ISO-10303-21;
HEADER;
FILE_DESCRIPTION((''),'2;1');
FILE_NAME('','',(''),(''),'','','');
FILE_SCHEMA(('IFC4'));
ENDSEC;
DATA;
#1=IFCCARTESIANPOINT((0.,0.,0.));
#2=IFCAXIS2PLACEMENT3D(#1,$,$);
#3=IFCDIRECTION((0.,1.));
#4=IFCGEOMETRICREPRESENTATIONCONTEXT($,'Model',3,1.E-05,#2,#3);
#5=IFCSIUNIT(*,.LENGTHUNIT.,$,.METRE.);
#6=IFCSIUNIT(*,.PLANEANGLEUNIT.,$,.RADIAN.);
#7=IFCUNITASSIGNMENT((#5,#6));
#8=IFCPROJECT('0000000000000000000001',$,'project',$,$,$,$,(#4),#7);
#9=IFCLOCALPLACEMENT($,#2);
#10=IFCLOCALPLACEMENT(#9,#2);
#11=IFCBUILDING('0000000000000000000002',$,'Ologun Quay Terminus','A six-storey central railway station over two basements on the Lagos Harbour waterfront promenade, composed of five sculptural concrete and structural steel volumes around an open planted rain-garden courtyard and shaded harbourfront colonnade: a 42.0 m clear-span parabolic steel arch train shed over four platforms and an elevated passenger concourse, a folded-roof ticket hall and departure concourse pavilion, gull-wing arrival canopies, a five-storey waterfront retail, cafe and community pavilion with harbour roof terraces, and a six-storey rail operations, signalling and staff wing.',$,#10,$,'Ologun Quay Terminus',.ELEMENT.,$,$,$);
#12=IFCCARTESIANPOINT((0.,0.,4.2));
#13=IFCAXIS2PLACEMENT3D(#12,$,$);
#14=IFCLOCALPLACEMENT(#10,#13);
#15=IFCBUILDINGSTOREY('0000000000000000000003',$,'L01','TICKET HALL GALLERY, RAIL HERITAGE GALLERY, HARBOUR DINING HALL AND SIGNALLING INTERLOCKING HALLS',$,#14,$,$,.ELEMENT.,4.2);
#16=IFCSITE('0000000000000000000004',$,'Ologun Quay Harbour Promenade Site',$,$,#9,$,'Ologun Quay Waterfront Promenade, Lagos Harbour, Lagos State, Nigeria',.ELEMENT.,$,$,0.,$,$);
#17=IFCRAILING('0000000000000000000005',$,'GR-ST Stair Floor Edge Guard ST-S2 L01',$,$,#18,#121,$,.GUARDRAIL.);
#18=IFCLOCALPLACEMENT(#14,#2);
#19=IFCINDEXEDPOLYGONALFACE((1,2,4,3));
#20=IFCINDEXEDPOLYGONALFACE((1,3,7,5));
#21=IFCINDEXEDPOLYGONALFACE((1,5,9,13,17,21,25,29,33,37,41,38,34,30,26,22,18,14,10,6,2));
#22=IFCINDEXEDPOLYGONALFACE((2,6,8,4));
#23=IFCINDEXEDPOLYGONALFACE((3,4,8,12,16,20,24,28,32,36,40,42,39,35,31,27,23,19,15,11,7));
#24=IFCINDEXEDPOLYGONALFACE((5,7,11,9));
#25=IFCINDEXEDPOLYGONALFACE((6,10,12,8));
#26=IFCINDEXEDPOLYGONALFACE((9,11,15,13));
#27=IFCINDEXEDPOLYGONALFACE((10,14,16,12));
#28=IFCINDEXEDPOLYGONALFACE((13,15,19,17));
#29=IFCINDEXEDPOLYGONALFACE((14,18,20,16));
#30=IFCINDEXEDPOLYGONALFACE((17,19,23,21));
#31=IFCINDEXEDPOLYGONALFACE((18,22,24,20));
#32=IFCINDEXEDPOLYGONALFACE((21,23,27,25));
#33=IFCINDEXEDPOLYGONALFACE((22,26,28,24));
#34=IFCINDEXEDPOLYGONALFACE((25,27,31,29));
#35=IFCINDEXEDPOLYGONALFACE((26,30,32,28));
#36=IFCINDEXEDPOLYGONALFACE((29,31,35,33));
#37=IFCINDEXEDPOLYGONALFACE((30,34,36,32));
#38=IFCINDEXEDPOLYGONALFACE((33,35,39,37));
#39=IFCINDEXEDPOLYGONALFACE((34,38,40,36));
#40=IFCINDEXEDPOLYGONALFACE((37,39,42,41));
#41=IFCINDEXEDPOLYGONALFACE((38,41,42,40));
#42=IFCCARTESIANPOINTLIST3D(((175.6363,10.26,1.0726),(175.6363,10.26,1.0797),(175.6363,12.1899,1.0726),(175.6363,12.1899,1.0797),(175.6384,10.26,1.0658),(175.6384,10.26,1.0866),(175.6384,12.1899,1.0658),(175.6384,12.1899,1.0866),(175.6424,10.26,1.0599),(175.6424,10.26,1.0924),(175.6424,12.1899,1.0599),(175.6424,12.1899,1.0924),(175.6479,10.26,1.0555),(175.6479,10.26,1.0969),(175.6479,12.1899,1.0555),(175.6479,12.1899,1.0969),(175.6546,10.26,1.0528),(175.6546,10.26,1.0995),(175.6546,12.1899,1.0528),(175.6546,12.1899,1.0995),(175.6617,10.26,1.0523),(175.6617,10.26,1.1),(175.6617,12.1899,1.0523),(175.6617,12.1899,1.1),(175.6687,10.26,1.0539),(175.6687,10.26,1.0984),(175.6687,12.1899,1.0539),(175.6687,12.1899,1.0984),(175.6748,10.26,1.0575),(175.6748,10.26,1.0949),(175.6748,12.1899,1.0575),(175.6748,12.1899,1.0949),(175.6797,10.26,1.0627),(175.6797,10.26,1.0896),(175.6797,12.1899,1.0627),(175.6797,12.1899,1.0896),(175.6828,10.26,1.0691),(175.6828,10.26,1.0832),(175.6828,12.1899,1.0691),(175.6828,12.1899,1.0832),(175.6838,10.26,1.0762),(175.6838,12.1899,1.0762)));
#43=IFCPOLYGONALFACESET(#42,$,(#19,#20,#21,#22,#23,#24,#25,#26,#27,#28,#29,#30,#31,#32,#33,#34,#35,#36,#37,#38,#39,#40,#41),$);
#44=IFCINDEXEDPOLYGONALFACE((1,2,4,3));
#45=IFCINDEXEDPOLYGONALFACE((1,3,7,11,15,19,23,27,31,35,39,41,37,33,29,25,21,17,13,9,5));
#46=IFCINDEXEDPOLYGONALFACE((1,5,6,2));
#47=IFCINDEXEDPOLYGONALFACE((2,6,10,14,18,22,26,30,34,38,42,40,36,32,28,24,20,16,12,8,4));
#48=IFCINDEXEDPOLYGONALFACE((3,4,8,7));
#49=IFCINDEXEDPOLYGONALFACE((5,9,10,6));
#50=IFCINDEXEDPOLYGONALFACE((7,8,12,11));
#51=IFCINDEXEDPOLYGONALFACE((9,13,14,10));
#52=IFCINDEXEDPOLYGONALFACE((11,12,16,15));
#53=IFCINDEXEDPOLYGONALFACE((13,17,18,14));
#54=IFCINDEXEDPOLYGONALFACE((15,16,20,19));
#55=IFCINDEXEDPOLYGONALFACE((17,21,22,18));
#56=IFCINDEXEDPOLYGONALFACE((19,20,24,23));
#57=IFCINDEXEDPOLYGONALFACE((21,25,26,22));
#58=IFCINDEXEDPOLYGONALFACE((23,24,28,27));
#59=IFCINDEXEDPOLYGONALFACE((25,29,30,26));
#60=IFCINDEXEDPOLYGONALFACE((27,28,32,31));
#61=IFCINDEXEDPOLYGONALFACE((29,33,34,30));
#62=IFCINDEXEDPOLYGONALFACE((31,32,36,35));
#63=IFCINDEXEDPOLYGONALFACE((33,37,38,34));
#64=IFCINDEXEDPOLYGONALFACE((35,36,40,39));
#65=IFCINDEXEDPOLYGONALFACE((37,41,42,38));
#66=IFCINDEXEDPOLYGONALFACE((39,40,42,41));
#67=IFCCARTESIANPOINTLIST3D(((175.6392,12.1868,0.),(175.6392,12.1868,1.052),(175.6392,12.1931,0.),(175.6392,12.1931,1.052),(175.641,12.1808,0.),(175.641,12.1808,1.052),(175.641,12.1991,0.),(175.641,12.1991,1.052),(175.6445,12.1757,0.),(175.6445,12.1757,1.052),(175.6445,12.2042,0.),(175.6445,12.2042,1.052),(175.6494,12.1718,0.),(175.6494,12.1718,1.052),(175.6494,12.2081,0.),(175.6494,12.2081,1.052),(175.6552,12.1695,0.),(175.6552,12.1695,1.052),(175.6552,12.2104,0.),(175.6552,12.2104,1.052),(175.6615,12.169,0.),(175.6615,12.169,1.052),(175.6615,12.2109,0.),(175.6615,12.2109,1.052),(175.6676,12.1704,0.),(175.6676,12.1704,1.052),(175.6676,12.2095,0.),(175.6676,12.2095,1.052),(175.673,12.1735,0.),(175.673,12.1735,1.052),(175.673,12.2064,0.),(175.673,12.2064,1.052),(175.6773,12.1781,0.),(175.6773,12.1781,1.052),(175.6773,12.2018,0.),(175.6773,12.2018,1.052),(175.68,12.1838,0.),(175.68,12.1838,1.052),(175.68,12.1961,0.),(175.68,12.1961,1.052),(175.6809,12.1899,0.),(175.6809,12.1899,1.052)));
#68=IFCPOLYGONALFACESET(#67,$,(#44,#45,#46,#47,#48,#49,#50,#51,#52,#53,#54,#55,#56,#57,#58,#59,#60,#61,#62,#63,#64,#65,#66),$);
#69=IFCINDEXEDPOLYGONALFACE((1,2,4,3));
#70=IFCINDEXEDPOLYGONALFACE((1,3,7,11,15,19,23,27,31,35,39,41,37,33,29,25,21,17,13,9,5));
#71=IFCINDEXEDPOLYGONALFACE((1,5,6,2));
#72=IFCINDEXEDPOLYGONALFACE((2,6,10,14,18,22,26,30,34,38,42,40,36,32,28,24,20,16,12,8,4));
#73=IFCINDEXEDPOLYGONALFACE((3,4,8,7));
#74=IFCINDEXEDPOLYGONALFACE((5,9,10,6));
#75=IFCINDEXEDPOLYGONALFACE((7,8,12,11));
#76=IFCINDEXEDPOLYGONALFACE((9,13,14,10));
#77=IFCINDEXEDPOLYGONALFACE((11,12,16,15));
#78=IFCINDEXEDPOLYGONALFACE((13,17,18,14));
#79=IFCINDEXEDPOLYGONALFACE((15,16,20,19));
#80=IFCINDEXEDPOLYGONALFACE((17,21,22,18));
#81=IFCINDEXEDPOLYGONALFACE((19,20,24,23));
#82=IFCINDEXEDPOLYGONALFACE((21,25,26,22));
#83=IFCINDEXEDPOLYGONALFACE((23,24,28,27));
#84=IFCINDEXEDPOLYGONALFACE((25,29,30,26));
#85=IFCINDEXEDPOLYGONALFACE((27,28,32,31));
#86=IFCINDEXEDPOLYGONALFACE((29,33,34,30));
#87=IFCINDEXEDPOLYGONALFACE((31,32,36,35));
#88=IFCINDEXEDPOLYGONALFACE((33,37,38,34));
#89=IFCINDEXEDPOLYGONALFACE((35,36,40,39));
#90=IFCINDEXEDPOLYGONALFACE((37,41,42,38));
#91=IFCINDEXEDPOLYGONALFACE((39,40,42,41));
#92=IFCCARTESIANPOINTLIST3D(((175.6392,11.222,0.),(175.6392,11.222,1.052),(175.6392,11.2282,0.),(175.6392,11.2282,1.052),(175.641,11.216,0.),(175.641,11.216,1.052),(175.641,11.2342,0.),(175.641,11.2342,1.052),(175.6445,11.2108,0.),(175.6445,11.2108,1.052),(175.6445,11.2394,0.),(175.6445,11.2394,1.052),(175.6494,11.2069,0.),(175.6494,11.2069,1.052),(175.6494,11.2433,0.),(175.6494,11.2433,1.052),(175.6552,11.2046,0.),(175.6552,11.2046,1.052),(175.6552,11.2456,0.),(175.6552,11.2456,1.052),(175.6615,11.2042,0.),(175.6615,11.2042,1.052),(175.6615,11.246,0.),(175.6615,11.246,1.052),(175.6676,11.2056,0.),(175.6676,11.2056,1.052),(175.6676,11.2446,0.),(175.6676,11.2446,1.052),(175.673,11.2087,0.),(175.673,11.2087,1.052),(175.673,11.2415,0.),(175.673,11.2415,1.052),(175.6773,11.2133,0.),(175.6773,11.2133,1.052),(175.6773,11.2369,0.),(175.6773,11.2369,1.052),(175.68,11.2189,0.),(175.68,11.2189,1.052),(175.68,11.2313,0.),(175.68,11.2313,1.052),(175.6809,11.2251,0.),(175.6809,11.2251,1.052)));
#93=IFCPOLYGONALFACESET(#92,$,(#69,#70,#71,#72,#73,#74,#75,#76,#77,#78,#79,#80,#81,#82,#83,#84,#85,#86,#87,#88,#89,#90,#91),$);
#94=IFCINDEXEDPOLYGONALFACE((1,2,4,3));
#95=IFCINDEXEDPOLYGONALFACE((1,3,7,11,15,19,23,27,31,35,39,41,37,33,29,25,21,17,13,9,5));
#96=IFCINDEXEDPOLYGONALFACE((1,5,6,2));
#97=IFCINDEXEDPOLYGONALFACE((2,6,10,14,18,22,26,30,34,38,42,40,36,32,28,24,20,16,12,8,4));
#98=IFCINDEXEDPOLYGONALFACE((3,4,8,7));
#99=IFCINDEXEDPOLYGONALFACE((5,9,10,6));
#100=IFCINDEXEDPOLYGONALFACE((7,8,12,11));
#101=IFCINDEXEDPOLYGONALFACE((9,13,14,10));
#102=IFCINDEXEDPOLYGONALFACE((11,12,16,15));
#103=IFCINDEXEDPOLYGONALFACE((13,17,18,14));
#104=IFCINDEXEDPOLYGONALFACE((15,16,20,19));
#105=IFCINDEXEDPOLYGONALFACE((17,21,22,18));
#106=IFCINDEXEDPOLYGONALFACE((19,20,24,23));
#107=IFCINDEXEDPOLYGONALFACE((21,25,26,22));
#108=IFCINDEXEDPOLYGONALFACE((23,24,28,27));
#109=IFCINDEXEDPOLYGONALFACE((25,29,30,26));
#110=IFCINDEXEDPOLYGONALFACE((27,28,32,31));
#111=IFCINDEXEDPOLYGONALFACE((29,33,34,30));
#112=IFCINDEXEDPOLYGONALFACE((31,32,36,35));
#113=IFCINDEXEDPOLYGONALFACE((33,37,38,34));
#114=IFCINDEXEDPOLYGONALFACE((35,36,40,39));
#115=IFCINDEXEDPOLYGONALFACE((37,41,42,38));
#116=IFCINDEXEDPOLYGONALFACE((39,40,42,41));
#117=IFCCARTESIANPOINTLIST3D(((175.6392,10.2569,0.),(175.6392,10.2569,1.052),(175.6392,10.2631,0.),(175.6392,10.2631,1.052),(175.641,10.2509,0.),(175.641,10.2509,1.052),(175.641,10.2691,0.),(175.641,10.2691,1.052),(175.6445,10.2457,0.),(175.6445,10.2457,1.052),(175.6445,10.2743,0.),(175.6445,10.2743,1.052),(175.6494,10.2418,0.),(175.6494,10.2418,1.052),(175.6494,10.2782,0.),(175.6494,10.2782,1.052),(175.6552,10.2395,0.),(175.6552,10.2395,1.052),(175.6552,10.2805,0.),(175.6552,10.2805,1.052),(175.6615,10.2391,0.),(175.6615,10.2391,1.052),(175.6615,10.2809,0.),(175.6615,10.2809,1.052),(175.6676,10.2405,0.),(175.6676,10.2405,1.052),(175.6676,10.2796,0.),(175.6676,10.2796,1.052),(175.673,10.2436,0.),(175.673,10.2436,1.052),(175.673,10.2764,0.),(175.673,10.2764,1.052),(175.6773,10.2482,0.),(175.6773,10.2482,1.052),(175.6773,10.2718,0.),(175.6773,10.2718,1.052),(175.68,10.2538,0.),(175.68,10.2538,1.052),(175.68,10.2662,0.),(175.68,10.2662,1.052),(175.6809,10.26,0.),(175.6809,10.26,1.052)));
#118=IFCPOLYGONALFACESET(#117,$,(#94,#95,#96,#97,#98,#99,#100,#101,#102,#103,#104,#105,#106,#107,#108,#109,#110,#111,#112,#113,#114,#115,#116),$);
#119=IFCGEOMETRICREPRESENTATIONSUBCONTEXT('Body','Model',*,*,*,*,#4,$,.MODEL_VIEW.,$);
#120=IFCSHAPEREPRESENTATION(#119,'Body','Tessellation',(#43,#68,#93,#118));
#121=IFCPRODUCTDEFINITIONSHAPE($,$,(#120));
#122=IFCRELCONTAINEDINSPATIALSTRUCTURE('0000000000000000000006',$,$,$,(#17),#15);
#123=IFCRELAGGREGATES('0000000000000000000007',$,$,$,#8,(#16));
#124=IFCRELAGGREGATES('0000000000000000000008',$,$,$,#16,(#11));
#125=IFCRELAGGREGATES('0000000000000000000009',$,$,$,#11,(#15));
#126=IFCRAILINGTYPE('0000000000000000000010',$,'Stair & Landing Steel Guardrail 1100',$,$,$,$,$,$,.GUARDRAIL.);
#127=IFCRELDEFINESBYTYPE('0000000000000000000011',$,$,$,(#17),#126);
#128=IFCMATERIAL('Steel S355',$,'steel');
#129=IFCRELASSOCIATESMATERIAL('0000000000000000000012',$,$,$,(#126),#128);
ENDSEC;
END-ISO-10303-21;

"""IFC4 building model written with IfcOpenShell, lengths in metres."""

from ifc_helpers import new_model, si_unit, direction, frame, origin, origin_2d, place, context, subcontext, project, spatial, circle, extrude, material, type_object, element, save


model = new_model("IFC4")

# Units and contexts
model_context = context("Model", 3, precision=1e-05, world=origin(), true_north=direction((0.0, 1.0)))
body_context = subcontext(model_context, "Body", "Model", "MODEL_VIEW")
ifc_project = project(units=[si_unit("LENGTHUNIT", "METRE"), si_unit("PLANEANGLEUNIT", "RADIAN")], contexts=[model_context])

# Site, building, storey
site_placement = place(None, origin())
site = spatial("IfcSite", under=ifc_project, at=site_placement, Name="Ologun Quay Harbour Promenade Site", LongName="Ologun Quay Waterfront Promenade, Lagos Harbour, Lagos State, Nigeria", CompositionType="ELEMENT", RefElevation=0.0)
building_placement = place(site_placement, origin())
building = spatial("IfcBuilding", under=site, at=building_placement, Name="Ologun Quay Terminus", Description="A six-storey central railway station over two basements on the Lagos Harbour waterfront promenade, composed of five sculptural concrete and structural steel volumes around an open planted rain-garden courtyard and shaded harbourfront colonnade: a 42.0 m clear-span parabolic steel arch train shed over four platforms and an elevated passenger concourse, a folded-roof ticket hall and departure concourse pavilion, gull-wing arrival canopies, a five-storey waterfront retail, cafe and community pavilion with harbour roof terraces, and a six-storey rail operations, signalling and staff wing.", LongName="Ologun Quay Terminus", CompositionType="ELEMENT")
storey_placement = place(building_placement, frame((0.0, 0.0, 4.2)))
storey = spatial("IfcBuildingStorey", under=building, at=storey_placement, Name="L01", Description="TICKET HALL GALLERY, RAIL HERITAGE GALLERY, HARBOUR DINING HALL AND SIGNALLING INTERLOCKING HALLS", CompositionType="ELEMENT", Elevation=4.2)

# Railing
ifc_material_1 = material(Name="Steel S355", Category="steel")
railing_type_1 = type_object("IfcRailingType", Name="Stair & Landing Steel Guardrail 1100", PredefinedType="GUARDRAIL", material=ifc_material_1)
railing_1_placement = place(storey_placement, frame((175.6599, 12.1899, 0.0)))
element("IfcRailing", 1, at=railing_1_placement, inside=storey, type_object=railing_type_1, Name="GR-ST Stair Floor Edge Guard ST-S2 L01", PredefinedType="GUARDRAIL", context=body_context, shape_type="SweptSolid", body=[
    extrude(circle(Radius=0.0239, at=origin_2d()), frame((0.0, 0.0, 1.0762), z_axis=(0.0, -1.0, 0.0), x_axis=(1.0, 0.0, 0.0)), (0.0, 0.0, 1.0), 1.9299),
    extrude(circle(Radius=0.021, at=origin_2d()), origin(), (0.0, 0.0, 1.0), 1.052),
    extrude(circle(Radius=0.021, at=origin_2d()), frame((0.0, -0.9648, 0.0)), (0.0, 0.0, 1.0), 1.052),
    extrude(circle(Radius=0.021, at=origin_2d()), frame((0.0, -1.9299, 0.0)), (0.0, 0.0, 1.0), 1.052),
])

save(model, "model.ifc")
